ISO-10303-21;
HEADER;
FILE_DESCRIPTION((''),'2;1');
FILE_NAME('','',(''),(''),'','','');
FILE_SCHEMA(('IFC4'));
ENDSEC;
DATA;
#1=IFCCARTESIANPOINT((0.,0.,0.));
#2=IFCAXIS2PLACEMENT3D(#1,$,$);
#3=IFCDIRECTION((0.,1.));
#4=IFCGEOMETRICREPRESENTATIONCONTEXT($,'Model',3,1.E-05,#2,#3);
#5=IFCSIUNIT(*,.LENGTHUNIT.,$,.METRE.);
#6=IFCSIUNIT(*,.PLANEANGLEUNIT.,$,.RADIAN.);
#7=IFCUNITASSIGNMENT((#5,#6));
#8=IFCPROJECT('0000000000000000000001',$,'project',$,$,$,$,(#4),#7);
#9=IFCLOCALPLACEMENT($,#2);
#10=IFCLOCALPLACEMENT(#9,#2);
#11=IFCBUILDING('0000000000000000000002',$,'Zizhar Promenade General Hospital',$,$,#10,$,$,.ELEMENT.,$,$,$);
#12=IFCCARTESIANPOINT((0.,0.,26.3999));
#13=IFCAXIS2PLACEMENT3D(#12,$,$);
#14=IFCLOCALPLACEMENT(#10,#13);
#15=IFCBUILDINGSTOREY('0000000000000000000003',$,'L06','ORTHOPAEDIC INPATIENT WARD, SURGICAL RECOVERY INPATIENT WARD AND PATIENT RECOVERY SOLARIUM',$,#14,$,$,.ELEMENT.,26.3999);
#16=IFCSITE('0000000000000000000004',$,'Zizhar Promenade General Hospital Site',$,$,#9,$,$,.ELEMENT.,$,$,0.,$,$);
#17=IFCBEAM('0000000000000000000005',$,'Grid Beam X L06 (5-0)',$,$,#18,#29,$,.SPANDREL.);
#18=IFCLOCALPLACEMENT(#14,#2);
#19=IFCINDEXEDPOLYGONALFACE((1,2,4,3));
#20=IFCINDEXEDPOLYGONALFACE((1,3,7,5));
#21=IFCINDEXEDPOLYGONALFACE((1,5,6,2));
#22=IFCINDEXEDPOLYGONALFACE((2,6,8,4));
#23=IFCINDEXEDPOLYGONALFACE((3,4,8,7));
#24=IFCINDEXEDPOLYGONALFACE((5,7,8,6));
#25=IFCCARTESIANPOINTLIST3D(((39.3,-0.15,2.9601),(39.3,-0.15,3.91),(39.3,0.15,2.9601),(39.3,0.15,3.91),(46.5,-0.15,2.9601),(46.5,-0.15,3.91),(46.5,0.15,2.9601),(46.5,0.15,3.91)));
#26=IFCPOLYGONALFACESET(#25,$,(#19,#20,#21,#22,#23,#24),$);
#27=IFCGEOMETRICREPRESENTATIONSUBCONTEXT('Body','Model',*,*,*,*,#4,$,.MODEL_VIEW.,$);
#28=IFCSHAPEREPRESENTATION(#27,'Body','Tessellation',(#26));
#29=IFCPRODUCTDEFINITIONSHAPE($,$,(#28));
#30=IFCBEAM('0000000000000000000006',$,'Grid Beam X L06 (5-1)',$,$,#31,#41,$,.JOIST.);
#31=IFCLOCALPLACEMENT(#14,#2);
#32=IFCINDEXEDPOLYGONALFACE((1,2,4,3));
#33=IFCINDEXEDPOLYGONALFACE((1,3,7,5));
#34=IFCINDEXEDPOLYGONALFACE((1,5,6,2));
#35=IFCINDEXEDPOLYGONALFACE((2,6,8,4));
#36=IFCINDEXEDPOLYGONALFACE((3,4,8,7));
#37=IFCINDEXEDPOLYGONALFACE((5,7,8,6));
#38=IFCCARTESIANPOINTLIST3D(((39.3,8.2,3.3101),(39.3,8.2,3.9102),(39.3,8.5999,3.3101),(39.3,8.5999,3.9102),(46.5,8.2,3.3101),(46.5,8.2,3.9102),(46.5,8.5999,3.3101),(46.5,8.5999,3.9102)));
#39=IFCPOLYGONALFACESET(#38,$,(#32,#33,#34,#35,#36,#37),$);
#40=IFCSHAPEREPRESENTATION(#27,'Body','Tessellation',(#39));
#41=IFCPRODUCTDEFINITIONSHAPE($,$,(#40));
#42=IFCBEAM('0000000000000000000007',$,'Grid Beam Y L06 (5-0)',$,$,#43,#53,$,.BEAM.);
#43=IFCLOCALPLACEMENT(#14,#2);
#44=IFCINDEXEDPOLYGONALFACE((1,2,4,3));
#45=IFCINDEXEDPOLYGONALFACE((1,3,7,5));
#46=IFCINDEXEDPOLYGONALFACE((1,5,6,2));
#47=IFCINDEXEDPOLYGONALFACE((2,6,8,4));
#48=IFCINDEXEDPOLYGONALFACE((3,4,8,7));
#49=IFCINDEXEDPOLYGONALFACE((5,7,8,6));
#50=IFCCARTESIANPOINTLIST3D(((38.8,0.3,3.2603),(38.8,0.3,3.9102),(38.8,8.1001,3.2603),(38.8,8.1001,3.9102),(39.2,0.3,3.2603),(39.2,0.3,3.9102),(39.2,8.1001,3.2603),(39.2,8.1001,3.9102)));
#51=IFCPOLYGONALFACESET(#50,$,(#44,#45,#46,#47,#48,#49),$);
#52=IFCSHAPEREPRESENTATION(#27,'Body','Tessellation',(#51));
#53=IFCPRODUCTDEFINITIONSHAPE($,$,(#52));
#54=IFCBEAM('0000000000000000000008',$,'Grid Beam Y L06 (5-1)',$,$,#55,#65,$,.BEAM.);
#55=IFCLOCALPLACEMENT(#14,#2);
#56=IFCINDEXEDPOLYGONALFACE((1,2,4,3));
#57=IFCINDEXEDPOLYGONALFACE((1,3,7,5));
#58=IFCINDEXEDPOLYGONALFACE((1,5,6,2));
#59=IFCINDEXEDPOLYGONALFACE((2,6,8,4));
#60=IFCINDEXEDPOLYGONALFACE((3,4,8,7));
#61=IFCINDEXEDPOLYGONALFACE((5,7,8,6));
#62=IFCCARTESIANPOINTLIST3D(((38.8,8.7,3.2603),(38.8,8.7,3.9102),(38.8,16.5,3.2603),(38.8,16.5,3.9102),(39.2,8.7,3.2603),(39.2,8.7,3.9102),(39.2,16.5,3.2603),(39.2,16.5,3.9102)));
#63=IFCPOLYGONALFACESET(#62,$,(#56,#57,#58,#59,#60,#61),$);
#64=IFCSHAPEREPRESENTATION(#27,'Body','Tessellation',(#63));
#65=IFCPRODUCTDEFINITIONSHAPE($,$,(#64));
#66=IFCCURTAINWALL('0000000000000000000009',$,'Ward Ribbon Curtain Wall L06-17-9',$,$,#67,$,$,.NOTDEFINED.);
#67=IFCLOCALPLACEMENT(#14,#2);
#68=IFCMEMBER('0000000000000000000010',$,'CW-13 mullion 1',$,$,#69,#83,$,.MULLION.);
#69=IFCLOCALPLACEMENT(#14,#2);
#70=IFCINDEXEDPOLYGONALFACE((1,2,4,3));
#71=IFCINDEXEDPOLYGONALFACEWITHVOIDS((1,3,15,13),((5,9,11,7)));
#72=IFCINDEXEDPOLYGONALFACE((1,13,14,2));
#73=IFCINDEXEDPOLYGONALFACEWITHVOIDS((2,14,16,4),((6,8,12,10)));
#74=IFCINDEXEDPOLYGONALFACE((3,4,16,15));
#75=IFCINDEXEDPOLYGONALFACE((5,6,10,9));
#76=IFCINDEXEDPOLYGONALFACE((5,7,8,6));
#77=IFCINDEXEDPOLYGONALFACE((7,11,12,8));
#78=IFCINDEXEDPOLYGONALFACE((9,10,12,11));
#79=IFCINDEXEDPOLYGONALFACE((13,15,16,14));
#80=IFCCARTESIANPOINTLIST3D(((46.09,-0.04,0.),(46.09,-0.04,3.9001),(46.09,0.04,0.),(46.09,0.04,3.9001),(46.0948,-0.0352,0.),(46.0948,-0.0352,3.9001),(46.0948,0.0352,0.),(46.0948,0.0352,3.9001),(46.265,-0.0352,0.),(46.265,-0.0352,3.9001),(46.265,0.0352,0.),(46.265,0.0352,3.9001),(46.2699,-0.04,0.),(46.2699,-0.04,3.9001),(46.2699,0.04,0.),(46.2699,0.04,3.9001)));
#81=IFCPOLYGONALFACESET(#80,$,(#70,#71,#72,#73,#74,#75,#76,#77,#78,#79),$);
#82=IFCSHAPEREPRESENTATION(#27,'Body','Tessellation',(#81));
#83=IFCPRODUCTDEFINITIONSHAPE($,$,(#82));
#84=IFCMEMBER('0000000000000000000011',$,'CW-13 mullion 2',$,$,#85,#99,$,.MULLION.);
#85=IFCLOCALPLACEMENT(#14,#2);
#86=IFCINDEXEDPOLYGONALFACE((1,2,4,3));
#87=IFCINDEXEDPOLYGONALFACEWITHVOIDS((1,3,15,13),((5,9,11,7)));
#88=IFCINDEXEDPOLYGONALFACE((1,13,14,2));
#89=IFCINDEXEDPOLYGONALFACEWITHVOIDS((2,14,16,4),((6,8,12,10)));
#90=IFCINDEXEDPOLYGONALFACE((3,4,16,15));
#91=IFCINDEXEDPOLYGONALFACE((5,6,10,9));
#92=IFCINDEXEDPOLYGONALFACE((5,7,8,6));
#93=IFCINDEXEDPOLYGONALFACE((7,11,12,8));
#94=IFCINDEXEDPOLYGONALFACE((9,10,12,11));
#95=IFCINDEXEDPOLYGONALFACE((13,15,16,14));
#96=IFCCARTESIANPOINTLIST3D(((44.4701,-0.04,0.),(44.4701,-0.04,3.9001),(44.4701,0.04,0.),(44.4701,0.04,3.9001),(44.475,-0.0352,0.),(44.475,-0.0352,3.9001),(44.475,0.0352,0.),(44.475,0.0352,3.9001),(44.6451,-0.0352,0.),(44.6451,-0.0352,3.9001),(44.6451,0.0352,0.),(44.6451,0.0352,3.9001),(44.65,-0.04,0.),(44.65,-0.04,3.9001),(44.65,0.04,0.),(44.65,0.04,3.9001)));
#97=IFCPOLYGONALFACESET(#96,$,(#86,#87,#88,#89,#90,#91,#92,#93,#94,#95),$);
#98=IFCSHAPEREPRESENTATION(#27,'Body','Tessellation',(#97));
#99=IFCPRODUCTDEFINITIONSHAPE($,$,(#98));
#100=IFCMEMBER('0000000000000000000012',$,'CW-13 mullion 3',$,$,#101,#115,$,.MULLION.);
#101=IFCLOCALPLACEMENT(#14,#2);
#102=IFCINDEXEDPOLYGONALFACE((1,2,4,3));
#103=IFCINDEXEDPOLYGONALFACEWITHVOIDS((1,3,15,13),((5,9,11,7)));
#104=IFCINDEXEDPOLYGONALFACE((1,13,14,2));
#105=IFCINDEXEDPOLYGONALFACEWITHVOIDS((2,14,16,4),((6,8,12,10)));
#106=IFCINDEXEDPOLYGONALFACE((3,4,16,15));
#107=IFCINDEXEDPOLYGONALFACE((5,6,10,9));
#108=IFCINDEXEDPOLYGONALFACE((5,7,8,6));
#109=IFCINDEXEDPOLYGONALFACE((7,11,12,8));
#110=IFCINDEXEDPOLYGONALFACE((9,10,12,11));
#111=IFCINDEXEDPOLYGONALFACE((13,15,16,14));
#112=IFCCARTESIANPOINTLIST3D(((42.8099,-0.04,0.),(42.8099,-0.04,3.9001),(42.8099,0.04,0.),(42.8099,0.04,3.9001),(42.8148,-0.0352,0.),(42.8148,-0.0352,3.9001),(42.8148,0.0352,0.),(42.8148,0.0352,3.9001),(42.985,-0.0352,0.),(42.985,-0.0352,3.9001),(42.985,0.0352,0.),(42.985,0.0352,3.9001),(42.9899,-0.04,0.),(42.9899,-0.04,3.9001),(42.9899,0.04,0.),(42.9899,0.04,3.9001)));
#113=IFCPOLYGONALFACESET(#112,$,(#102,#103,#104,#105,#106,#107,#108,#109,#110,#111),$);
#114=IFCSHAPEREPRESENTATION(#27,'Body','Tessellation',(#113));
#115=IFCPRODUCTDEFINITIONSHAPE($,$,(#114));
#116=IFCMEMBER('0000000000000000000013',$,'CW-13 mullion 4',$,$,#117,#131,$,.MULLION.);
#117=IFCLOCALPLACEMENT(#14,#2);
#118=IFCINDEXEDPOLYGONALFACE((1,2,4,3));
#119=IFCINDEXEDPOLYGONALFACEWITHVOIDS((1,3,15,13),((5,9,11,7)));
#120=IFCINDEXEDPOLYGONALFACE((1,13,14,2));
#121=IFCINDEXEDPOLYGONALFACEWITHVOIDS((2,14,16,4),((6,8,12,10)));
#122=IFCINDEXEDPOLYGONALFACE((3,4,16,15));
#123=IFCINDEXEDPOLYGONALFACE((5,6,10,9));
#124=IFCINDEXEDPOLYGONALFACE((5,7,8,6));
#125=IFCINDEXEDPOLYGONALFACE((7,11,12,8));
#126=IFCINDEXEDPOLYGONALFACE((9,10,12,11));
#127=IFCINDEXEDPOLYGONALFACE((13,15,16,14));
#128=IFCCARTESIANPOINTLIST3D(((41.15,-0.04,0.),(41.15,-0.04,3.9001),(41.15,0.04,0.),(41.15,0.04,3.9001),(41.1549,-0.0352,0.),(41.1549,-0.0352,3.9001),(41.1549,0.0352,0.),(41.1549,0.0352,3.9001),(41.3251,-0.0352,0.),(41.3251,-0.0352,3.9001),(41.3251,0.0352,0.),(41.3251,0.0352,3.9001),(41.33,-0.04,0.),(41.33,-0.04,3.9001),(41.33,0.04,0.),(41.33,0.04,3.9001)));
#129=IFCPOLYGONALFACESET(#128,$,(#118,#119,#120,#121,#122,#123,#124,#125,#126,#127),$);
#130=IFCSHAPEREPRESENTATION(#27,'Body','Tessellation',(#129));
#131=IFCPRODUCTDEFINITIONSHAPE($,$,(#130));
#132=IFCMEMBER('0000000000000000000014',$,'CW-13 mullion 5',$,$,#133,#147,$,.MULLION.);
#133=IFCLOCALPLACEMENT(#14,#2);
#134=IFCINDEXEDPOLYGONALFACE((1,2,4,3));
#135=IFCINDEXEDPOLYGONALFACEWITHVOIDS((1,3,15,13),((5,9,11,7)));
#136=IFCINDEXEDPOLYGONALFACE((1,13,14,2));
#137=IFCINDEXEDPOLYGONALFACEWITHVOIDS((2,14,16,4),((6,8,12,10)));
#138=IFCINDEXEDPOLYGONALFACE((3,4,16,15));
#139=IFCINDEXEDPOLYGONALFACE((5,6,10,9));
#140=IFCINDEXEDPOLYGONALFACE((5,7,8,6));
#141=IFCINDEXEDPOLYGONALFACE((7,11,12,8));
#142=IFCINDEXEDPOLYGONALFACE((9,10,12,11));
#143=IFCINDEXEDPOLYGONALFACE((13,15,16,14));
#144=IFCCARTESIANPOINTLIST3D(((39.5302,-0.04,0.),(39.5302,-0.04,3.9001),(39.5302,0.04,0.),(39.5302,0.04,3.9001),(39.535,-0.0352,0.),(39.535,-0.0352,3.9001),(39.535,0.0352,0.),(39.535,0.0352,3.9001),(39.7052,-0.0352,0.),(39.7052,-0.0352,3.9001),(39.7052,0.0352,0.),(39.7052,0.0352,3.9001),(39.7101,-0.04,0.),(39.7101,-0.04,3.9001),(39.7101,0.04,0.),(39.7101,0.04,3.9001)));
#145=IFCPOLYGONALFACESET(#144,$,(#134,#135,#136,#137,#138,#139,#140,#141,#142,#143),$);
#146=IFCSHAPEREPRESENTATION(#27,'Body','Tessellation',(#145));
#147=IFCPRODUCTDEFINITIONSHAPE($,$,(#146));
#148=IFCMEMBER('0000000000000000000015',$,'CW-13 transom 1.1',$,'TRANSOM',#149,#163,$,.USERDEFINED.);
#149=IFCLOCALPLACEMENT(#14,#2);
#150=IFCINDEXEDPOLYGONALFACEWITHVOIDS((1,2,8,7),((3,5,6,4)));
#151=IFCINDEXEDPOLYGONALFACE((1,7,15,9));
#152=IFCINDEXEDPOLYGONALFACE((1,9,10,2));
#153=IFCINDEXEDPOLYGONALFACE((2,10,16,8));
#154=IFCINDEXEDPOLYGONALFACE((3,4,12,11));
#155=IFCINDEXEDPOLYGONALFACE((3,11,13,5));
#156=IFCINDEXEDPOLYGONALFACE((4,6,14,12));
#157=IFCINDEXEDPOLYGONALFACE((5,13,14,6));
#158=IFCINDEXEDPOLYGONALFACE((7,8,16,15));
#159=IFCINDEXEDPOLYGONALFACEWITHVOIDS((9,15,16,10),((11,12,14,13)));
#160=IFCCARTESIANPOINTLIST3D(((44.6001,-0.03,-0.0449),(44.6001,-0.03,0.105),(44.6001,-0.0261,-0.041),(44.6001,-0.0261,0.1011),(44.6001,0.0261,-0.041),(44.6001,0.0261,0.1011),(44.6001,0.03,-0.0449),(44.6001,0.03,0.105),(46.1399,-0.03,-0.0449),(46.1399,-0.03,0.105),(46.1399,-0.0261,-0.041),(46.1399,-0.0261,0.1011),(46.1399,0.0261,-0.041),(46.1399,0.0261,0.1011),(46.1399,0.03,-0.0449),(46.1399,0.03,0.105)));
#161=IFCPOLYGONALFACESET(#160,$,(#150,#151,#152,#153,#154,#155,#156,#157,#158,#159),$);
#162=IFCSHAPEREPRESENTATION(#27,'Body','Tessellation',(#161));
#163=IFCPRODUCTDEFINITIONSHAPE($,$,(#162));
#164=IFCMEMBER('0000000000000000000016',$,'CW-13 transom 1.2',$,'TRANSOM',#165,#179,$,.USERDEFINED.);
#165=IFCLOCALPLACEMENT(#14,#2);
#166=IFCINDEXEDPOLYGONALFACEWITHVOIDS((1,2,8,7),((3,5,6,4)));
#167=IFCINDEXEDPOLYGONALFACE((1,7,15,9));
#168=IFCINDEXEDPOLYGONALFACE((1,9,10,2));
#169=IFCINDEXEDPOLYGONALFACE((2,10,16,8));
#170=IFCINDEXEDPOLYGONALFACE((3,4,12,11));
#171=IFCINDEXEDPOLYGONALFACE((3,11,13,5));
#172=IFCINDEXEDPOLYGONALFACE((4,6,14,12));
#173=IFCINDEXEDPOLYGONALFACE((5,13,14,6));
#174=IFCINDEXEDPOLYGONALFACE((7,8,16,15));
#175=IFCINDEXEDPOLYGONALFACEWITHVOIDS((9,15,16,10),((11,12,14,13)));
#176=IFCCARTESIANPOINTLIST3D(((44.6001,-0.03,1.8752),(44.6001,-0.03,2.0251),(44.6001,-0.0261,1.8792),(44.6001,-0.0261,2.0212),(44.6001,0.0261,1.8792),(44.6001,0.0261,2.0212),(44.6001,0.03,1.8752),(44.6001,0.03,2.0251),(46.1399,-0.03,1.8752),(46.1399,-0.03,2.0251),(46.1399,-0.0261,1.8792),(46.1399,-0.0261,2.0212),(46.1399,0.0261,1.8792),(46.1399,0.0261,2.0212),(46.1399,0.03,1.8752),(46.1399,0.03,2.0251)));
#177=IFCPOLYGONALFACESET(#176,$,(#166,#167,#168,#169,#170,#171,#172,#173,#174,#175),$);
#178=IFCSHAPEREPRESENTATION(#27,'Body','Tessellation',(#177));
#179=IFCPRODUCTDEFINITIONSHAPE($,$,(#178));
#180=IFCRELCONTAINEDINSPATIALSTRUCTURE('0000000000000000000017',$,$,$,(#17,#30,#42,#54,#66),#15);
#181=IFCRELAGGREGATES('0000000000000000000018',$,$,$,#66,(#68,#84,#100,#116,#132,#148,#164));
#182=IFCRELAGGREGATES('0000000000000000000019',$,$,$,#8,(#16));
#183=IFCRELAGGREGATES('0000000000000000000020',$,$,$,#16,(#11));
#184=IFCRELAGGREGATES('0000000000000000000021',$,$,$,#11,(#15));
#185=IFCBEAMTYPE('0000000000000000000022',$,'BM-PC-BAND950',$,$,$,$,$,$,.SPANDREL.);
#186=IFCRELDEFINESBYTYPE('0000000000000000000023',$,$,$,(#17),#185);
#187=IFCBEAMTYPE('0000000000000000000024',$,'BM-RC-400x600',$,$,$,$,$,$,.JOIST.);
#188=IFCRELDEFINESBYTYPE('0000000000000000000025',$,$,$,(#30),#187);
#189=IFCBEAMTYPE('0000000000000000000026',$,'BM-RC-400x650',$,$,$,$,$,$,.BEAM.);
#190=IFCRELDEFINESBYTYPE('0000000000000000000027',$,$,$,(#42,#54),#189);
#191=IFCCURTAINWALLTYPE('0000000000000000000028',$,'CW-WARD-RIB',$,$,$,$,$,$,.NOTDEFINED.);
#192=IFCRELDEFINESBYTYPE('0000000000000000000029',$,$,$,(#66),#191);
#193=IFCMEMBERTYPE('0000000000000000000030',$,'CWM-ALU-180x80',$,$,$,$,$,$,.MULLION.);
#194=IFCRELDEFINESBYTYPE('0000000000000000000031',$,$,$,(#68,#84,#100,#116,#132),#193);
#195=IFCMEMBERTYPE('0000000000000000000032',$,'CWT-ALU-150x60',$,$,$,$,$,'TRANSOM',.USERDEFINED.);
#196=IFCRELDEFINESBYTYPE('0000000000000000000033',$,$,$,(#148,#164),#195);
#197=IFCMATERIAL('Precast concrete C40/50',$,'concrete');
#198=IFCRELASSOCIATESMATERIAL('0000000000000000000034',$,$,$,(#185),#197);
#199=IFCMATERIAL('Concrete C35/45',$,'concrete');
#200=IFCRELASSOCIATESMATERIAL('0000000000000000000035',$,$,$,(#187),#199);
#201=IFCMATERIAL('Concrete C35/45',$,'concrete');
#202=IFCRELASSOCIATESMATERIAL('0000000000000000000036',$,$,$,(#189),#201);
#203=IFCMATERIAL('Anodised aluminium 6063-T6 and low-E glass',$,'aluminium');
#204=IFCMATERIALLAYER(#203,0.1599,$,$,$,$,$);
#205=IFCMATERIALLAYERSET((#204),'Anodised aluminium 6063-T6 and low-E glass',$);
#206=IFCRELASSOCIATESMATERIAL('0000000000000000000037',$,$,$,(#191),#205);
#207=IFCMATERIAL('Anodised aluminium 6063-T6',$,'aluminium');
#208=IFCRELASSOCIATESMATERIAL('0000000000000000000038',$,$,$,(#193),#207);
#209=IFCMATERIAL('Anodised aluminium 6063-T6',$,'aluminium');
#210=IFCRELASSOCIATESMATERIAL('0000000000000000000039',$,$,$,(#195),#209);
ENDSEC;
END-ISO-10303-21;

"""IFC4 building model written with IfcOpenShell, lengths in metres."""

from ifc_helpers import new_model, si_unit, direction, frame, origin, origin_2d, place, context, subcontext, project, spatial, rectangle, hollow_rectangle, extrude, material, layer, layer_set, material_profile, profile_set, type_object, element, aggregate, save


model = new_model("IFC4")

# Units and contexts
model_context = context("Model", 3, precision=1e-05, world=origin(), true_north=direction((0.0, 1.0)))
body_context = subcontext(model_context, "Body", "Model", "MODEL_VIEW")
ifc_project = project(units=[si_unit("LENGTHUNIT", "METRE"), si_unit("PLANEANGLEUNIT", "RADIAN")], contexts=[model_context])

# Site, building, storey
site_placement = place(None, origin())
site = spatial("IfcSite", under=ifc_project, at=site_placement, Name="Zizhar Promenade General Hospital Site", CompositionType="ELEMENT", RefElevation=0.0)
building_placement = place(site_placement, origin())
building = spatial("IfcBuilding", under=site, at=building_placement, Name="Zizhar Promenade General Hospital", CompositionType="ELEMENT")
storey_placement = place(building_placement, frame((0.0, 0.0, 26.3999)))
storey = spatial("IfcBuildingStorey", under=building, at=storey_placement, Name="L06", Description="ORTHOPAEDIC INPATIENT WARD, SURGICAL RECOVERY INPATIENT WARD AND PATIENT RECOVERY SOLARIUM", CompositionType="ELEMENT", Elevation=26.3999)

# Beams
ifc_material_1 = material(Name="Precast concrete C40/50", Category="concrete")
ifc_material_profile_1 = material_profile(ifc_material_1, rectangle(XDim=0.3, YDim=0.95, at=origin_2d()))
ifc_profile_set_1 = profile_set([ifc_material_profile_1], Name="Precast concrete C40/50")
beam_type_1 = type_object("IfcBeamType", Name="BM-PC-BAND950", PredefinedType="SPANDREL", material=ifc_profile_set_1)
beam_1_placement = place(storey_placement, frame((39.3, 0.0, 3.4351), z_axis=(1.0, 0.0, 0.0), x_axis=(0.0, 1.0, 0.0)))
element("IfcBeam", 1, at=beam_1_placement, inside=storey, type_object=beam_type_1, Name="Grid Beam X L06 (5-0)", PredefinedType="SPANDREL", context=body_context, shape_type="SweptSolid", body=[
    extrude(rectangle(XDim=0.3, YDim=0.95, at=origin_2d()), origin(), (0.0, 0.0, 1.0), 7.2),
])
ifc_material_2 = material(Name="Concrete C35/45", Category="concrete")
ifc_material_profile_2 = material_profile(ifc_material_2, rectangle(XDim=0.3999, YDim=0.6001, at=origin_2d()))
ifc_profile_set_2 = profile_set([ifc_material_profile_2], Name="Concrete C35/45")
beam_type_2 = type_object("IfcBeamType", Name="BM-RC-400x600", PredefinedType="JOIST", material=ifc_profile_set_2)
beam_2_placement = place(storey_placement, frame((39.3, 8.3999, 3.6101), z_axis=(1.0, 0.0, 0.0), x_axis=(0.0, 1.0, 0.0)))
element("IfcBeam", 2, at=beam_2_placement, inside=storey, type_object=beam_type_2, Name="Grid Beam X L06 (5-1)", PredefinedType="JOIST", context=body_context, shape_type="SweptSolid", body=[
    extrude(rectangle(XDim=0.3999, YDim=0.6001, at=origin_2d()), origin(), (0.0, 0.0, 1.0), 7.2),
])
ifc_material_3 = material(Name="Concrete C35/45", Category="concrete")
ifc_material_profile_3 = material_profile(ifc_material_3, rectangle(XDim=0.3999, YDim=0.6499, at=origin_2d()))
ifc_profile_set_3 = profile_set([ifc_material_profile_3], Name="Concrete C35/45")
beam_type_3 = type_object("IfcBeamType", Name="BM-RC-400x650", PredefinedType="BEAM", material=ifc_profile_set_3)
for number, where, z_axis, x_axis, name in (
    (3, (39.0, 0.3, 3.5852), (0.0, 1.0, 0.0), (-1.0, 0.0, 0.0), "Grid Beam Y L06 (5-0)"),
    (4, (39.0, 8.7, 3.5852), (0.0, 1.0, 0.0), (-1.0, 0.0, 0.0), "Grid Beam Y L06 (5-1)"),
):
    element("IfcBeam", number, at=place(storey_placement, frame(where, z_axis=z_axis, x_axis=x_axis)), inside=storey, type_object=beam_type_3, Name=name, PredefinedType="BEAM", context=body_context, shape_type="SweptSolid", body=[
        extrude(rectangle(XDim=0.3999, YDim=0.6499, at=origin_2d()), origin(), (0.0, 0.0, 1.0), 7.8),
    ])

# Curtain wall, members
ifc_material_4 = material(Name="Anodised aluminium 6063-T6 and low-E glass", Category="aluminium")
ifc_layer_1 = layer(ifc_material_4, 0.1599)
ifc_layer_set_1 = layer_set([ifc_layer_1], Name="Anodised aluminium 6063-T6 and low-E glass")
curtain_wall_type = type_object("IfcCurtainWallType", Name="CW-WARD-RIB", PredefinedType="NOTDEFINED", material=ifc_layer_set_1)
curtain_wall_placement = place(storey_placement, origin())
curtain_wall = element("IfcCurtainWall", 5, at=curtain_wall_placement, inside=storey, type_object=curtain_wall_type, Name="Ward Ribbon Curtain Wall L06-17-9", PredefinedType="NOTDEFINED")
ifc_material_5 = material(Name="Anodised aluminium 6063-T6", Category="aluminium")
ifc_material_profile_4 = material_profile(ifc_material_5, hollow_rectangle(XDim=0.0801, YDim=0.1799, WallThickness=0.0049, at=origin_2d()))
ifc_profile_set_4 = profile_set([ifc_material_profile_4], Name="Anodised aluminium 6063-T6")
member_type_1 = type_object("IfcMemberType", Name="CWM-ALU-180x80", PredefinedType="MULLION", material=ifc_profile_set_4)
member_1_placement = place(storey_placement, frame((46.1799, 0.0, 0.0), z_axis=(0.0, 0.0, 1.0), x_axis=(0.0, -1.0, 0.0)))
member_1 = element("IfcMember", 6, at=member_1_placement, type_object=member_type_1, Name="CW-13 mullion 1", PredefinedType="MULLION", context=body_context, shape_type="SweptSolid", body=[
    extrude(hollow_rectangle(XDim=0.0801, YDim=0.1799, WallThickness=0.0049, at=origin_2d()), origin(), (0.0, 0.0, 1.0), 3.9001),
])
member_2_placement = place(storey_placement, frame((44.5601, 0.0, 0.0), z_axis=(0.0, 0.0, 1.0), x_axis=(0.0, -1.0, 0.0)))
member_2 = element("IfcMember", 7, at=member_2_placement, type_object=member_type_1, Name="CW-13 mullion 2", PredefinedType="MULLION", context=body_context, shape_type="SweptSolid", body=[
    extrude(hollow_rectangle(XDim=0.0801, YDim=0.1799, WallThickness=0.0049, at=origin_2d()), origin(), (0.0, 0.0, 1.0), 3.9001),
])
member_3_placement = place(storey_placement, frame((42.8999, 0.0, 0.0), z_axis=(0.0, 0.0, 1.0), x_axis=(0.0, -1.0, 0.0)))
member_3 = element("IfcMember", 8, at=member_3_placement, type_object=member_type_1, Name="CW-13 mullion 3", PredefinedType="MULLION", context=body_context, shape_type="SweptSolid", body=[
    extrude(hollow_rectangle(XDim=0.0801, YDim=0.1799, WallThickness=0.0049, at=origin_2d()), origin(), (0.0, 0.0, 1.0), 3.9001),
])
member_4_placement = place(storey_placement, frame((41.24, 0.0, 0.0), z_axis=(0.0, 0.0, 1.0), x_axis=(0.0, -1.0, 0.0)))
member_4 = element("IfcMember", 9, at=member_4_placement, type_object=member_type_1, Name="CW-13 mullion 4", PredefinedType="MULLION", context=body_context, shape_type="SweptSolid", body=[
    extrude(hollow_rectangle(XDim=0.0801, YDim=0.1799, WallThickness=0.0049, at=origin_2d()), origin(), (0.0, 0.0, 1.0), 3.9001),
])
member_5_placement = place(storey_placement, frame((39.6201, 0.0, 0.0), z_axis=(0.0, 0.0, 1.0), x_axis=(0.0, -1.0, 0.0)))
member_5 = element("IfcMember", 10, at=member_5_placement, type_object=member_type_1, Name="CW-13 mullion 5", PredefinedType="MULLION", context=body_context, shape_type="SweptSolid", body=[
    extrude(hollow_rectangle(XDim=0.0801, YDim=0.1799, WallThickness=0.0049, at=origin_2d()), origin(), (0.0, 0.0, 1.0), 3.9001),
])
ifc_material_6 = material(Name="Anodised aluminium 6063-T6", Category="aluminium")
ifc_material_profile_5 = material_profile(ifc_material_6, hollow_rectangle(XDim=0.0601, YDim=0.1499, WallThickness=0.0039, at=origin_2d()))
ifc_profile_set_5 = profile_set([ifc_material_profile_5], Name="Anodised aluminium 6063-T6")
member_type_2 = type_object("IfcMemberType", Name="CWT-ALU-150x60", ElementType="TRANSOM", PredefinedType="USERDEFINED", material=ifc_profile_set_5)
member_6_placement = place(storey_placement, frame((46.1399, 0.0, 0.03), z_axis=(-1.0, 0.0, 0.0), x_axis=(0.0, -1.0, 0.0)))
member_6 = element("IfcMember", 11, at=member_6_placement, type_object=member_type_2, Name="CW-13 transom 1.1", ObjectType="TRANSOM", PredefinedType="USERDEFINED", context=body_context, shape_type="SweptSolid", body=[
    extrude(hollow_rectangle(XDim=0.0601, YDim=0.1499, WallThickness=0.0039, at=origin_2d()), origin(), (0.0, 0.0, 1.0), 1.5398),
])
member_7_placement = place(storey_placement, frame((46.1399, 0.0, 1.9502), z_axis=(-1.0, 0.0, 0.0), x_axis=(0.0, -1.0, 0.0)))
member_7 = element("IfcMember", 12, at=member_7_placement, type_object=member_type_2, Name="CW-13 transom 1.2", ObjectType="TRANSOM", PredefinedType="USERDEFINED", context=body_context, shape_type="SweptSolid", body=[
    extrude(hollow_rectangle(XDim=0.0601, YDim=0.1499, WallThickness=0.0039, at=origin_2d()), origin(), (0.0, 0.0, 1.0), 1.5398),
])
aggregate(curtain_wall, [member_1, member_2, member_3, member_4, member_5, member_6, member_7])

save(model, "model.ifc")
